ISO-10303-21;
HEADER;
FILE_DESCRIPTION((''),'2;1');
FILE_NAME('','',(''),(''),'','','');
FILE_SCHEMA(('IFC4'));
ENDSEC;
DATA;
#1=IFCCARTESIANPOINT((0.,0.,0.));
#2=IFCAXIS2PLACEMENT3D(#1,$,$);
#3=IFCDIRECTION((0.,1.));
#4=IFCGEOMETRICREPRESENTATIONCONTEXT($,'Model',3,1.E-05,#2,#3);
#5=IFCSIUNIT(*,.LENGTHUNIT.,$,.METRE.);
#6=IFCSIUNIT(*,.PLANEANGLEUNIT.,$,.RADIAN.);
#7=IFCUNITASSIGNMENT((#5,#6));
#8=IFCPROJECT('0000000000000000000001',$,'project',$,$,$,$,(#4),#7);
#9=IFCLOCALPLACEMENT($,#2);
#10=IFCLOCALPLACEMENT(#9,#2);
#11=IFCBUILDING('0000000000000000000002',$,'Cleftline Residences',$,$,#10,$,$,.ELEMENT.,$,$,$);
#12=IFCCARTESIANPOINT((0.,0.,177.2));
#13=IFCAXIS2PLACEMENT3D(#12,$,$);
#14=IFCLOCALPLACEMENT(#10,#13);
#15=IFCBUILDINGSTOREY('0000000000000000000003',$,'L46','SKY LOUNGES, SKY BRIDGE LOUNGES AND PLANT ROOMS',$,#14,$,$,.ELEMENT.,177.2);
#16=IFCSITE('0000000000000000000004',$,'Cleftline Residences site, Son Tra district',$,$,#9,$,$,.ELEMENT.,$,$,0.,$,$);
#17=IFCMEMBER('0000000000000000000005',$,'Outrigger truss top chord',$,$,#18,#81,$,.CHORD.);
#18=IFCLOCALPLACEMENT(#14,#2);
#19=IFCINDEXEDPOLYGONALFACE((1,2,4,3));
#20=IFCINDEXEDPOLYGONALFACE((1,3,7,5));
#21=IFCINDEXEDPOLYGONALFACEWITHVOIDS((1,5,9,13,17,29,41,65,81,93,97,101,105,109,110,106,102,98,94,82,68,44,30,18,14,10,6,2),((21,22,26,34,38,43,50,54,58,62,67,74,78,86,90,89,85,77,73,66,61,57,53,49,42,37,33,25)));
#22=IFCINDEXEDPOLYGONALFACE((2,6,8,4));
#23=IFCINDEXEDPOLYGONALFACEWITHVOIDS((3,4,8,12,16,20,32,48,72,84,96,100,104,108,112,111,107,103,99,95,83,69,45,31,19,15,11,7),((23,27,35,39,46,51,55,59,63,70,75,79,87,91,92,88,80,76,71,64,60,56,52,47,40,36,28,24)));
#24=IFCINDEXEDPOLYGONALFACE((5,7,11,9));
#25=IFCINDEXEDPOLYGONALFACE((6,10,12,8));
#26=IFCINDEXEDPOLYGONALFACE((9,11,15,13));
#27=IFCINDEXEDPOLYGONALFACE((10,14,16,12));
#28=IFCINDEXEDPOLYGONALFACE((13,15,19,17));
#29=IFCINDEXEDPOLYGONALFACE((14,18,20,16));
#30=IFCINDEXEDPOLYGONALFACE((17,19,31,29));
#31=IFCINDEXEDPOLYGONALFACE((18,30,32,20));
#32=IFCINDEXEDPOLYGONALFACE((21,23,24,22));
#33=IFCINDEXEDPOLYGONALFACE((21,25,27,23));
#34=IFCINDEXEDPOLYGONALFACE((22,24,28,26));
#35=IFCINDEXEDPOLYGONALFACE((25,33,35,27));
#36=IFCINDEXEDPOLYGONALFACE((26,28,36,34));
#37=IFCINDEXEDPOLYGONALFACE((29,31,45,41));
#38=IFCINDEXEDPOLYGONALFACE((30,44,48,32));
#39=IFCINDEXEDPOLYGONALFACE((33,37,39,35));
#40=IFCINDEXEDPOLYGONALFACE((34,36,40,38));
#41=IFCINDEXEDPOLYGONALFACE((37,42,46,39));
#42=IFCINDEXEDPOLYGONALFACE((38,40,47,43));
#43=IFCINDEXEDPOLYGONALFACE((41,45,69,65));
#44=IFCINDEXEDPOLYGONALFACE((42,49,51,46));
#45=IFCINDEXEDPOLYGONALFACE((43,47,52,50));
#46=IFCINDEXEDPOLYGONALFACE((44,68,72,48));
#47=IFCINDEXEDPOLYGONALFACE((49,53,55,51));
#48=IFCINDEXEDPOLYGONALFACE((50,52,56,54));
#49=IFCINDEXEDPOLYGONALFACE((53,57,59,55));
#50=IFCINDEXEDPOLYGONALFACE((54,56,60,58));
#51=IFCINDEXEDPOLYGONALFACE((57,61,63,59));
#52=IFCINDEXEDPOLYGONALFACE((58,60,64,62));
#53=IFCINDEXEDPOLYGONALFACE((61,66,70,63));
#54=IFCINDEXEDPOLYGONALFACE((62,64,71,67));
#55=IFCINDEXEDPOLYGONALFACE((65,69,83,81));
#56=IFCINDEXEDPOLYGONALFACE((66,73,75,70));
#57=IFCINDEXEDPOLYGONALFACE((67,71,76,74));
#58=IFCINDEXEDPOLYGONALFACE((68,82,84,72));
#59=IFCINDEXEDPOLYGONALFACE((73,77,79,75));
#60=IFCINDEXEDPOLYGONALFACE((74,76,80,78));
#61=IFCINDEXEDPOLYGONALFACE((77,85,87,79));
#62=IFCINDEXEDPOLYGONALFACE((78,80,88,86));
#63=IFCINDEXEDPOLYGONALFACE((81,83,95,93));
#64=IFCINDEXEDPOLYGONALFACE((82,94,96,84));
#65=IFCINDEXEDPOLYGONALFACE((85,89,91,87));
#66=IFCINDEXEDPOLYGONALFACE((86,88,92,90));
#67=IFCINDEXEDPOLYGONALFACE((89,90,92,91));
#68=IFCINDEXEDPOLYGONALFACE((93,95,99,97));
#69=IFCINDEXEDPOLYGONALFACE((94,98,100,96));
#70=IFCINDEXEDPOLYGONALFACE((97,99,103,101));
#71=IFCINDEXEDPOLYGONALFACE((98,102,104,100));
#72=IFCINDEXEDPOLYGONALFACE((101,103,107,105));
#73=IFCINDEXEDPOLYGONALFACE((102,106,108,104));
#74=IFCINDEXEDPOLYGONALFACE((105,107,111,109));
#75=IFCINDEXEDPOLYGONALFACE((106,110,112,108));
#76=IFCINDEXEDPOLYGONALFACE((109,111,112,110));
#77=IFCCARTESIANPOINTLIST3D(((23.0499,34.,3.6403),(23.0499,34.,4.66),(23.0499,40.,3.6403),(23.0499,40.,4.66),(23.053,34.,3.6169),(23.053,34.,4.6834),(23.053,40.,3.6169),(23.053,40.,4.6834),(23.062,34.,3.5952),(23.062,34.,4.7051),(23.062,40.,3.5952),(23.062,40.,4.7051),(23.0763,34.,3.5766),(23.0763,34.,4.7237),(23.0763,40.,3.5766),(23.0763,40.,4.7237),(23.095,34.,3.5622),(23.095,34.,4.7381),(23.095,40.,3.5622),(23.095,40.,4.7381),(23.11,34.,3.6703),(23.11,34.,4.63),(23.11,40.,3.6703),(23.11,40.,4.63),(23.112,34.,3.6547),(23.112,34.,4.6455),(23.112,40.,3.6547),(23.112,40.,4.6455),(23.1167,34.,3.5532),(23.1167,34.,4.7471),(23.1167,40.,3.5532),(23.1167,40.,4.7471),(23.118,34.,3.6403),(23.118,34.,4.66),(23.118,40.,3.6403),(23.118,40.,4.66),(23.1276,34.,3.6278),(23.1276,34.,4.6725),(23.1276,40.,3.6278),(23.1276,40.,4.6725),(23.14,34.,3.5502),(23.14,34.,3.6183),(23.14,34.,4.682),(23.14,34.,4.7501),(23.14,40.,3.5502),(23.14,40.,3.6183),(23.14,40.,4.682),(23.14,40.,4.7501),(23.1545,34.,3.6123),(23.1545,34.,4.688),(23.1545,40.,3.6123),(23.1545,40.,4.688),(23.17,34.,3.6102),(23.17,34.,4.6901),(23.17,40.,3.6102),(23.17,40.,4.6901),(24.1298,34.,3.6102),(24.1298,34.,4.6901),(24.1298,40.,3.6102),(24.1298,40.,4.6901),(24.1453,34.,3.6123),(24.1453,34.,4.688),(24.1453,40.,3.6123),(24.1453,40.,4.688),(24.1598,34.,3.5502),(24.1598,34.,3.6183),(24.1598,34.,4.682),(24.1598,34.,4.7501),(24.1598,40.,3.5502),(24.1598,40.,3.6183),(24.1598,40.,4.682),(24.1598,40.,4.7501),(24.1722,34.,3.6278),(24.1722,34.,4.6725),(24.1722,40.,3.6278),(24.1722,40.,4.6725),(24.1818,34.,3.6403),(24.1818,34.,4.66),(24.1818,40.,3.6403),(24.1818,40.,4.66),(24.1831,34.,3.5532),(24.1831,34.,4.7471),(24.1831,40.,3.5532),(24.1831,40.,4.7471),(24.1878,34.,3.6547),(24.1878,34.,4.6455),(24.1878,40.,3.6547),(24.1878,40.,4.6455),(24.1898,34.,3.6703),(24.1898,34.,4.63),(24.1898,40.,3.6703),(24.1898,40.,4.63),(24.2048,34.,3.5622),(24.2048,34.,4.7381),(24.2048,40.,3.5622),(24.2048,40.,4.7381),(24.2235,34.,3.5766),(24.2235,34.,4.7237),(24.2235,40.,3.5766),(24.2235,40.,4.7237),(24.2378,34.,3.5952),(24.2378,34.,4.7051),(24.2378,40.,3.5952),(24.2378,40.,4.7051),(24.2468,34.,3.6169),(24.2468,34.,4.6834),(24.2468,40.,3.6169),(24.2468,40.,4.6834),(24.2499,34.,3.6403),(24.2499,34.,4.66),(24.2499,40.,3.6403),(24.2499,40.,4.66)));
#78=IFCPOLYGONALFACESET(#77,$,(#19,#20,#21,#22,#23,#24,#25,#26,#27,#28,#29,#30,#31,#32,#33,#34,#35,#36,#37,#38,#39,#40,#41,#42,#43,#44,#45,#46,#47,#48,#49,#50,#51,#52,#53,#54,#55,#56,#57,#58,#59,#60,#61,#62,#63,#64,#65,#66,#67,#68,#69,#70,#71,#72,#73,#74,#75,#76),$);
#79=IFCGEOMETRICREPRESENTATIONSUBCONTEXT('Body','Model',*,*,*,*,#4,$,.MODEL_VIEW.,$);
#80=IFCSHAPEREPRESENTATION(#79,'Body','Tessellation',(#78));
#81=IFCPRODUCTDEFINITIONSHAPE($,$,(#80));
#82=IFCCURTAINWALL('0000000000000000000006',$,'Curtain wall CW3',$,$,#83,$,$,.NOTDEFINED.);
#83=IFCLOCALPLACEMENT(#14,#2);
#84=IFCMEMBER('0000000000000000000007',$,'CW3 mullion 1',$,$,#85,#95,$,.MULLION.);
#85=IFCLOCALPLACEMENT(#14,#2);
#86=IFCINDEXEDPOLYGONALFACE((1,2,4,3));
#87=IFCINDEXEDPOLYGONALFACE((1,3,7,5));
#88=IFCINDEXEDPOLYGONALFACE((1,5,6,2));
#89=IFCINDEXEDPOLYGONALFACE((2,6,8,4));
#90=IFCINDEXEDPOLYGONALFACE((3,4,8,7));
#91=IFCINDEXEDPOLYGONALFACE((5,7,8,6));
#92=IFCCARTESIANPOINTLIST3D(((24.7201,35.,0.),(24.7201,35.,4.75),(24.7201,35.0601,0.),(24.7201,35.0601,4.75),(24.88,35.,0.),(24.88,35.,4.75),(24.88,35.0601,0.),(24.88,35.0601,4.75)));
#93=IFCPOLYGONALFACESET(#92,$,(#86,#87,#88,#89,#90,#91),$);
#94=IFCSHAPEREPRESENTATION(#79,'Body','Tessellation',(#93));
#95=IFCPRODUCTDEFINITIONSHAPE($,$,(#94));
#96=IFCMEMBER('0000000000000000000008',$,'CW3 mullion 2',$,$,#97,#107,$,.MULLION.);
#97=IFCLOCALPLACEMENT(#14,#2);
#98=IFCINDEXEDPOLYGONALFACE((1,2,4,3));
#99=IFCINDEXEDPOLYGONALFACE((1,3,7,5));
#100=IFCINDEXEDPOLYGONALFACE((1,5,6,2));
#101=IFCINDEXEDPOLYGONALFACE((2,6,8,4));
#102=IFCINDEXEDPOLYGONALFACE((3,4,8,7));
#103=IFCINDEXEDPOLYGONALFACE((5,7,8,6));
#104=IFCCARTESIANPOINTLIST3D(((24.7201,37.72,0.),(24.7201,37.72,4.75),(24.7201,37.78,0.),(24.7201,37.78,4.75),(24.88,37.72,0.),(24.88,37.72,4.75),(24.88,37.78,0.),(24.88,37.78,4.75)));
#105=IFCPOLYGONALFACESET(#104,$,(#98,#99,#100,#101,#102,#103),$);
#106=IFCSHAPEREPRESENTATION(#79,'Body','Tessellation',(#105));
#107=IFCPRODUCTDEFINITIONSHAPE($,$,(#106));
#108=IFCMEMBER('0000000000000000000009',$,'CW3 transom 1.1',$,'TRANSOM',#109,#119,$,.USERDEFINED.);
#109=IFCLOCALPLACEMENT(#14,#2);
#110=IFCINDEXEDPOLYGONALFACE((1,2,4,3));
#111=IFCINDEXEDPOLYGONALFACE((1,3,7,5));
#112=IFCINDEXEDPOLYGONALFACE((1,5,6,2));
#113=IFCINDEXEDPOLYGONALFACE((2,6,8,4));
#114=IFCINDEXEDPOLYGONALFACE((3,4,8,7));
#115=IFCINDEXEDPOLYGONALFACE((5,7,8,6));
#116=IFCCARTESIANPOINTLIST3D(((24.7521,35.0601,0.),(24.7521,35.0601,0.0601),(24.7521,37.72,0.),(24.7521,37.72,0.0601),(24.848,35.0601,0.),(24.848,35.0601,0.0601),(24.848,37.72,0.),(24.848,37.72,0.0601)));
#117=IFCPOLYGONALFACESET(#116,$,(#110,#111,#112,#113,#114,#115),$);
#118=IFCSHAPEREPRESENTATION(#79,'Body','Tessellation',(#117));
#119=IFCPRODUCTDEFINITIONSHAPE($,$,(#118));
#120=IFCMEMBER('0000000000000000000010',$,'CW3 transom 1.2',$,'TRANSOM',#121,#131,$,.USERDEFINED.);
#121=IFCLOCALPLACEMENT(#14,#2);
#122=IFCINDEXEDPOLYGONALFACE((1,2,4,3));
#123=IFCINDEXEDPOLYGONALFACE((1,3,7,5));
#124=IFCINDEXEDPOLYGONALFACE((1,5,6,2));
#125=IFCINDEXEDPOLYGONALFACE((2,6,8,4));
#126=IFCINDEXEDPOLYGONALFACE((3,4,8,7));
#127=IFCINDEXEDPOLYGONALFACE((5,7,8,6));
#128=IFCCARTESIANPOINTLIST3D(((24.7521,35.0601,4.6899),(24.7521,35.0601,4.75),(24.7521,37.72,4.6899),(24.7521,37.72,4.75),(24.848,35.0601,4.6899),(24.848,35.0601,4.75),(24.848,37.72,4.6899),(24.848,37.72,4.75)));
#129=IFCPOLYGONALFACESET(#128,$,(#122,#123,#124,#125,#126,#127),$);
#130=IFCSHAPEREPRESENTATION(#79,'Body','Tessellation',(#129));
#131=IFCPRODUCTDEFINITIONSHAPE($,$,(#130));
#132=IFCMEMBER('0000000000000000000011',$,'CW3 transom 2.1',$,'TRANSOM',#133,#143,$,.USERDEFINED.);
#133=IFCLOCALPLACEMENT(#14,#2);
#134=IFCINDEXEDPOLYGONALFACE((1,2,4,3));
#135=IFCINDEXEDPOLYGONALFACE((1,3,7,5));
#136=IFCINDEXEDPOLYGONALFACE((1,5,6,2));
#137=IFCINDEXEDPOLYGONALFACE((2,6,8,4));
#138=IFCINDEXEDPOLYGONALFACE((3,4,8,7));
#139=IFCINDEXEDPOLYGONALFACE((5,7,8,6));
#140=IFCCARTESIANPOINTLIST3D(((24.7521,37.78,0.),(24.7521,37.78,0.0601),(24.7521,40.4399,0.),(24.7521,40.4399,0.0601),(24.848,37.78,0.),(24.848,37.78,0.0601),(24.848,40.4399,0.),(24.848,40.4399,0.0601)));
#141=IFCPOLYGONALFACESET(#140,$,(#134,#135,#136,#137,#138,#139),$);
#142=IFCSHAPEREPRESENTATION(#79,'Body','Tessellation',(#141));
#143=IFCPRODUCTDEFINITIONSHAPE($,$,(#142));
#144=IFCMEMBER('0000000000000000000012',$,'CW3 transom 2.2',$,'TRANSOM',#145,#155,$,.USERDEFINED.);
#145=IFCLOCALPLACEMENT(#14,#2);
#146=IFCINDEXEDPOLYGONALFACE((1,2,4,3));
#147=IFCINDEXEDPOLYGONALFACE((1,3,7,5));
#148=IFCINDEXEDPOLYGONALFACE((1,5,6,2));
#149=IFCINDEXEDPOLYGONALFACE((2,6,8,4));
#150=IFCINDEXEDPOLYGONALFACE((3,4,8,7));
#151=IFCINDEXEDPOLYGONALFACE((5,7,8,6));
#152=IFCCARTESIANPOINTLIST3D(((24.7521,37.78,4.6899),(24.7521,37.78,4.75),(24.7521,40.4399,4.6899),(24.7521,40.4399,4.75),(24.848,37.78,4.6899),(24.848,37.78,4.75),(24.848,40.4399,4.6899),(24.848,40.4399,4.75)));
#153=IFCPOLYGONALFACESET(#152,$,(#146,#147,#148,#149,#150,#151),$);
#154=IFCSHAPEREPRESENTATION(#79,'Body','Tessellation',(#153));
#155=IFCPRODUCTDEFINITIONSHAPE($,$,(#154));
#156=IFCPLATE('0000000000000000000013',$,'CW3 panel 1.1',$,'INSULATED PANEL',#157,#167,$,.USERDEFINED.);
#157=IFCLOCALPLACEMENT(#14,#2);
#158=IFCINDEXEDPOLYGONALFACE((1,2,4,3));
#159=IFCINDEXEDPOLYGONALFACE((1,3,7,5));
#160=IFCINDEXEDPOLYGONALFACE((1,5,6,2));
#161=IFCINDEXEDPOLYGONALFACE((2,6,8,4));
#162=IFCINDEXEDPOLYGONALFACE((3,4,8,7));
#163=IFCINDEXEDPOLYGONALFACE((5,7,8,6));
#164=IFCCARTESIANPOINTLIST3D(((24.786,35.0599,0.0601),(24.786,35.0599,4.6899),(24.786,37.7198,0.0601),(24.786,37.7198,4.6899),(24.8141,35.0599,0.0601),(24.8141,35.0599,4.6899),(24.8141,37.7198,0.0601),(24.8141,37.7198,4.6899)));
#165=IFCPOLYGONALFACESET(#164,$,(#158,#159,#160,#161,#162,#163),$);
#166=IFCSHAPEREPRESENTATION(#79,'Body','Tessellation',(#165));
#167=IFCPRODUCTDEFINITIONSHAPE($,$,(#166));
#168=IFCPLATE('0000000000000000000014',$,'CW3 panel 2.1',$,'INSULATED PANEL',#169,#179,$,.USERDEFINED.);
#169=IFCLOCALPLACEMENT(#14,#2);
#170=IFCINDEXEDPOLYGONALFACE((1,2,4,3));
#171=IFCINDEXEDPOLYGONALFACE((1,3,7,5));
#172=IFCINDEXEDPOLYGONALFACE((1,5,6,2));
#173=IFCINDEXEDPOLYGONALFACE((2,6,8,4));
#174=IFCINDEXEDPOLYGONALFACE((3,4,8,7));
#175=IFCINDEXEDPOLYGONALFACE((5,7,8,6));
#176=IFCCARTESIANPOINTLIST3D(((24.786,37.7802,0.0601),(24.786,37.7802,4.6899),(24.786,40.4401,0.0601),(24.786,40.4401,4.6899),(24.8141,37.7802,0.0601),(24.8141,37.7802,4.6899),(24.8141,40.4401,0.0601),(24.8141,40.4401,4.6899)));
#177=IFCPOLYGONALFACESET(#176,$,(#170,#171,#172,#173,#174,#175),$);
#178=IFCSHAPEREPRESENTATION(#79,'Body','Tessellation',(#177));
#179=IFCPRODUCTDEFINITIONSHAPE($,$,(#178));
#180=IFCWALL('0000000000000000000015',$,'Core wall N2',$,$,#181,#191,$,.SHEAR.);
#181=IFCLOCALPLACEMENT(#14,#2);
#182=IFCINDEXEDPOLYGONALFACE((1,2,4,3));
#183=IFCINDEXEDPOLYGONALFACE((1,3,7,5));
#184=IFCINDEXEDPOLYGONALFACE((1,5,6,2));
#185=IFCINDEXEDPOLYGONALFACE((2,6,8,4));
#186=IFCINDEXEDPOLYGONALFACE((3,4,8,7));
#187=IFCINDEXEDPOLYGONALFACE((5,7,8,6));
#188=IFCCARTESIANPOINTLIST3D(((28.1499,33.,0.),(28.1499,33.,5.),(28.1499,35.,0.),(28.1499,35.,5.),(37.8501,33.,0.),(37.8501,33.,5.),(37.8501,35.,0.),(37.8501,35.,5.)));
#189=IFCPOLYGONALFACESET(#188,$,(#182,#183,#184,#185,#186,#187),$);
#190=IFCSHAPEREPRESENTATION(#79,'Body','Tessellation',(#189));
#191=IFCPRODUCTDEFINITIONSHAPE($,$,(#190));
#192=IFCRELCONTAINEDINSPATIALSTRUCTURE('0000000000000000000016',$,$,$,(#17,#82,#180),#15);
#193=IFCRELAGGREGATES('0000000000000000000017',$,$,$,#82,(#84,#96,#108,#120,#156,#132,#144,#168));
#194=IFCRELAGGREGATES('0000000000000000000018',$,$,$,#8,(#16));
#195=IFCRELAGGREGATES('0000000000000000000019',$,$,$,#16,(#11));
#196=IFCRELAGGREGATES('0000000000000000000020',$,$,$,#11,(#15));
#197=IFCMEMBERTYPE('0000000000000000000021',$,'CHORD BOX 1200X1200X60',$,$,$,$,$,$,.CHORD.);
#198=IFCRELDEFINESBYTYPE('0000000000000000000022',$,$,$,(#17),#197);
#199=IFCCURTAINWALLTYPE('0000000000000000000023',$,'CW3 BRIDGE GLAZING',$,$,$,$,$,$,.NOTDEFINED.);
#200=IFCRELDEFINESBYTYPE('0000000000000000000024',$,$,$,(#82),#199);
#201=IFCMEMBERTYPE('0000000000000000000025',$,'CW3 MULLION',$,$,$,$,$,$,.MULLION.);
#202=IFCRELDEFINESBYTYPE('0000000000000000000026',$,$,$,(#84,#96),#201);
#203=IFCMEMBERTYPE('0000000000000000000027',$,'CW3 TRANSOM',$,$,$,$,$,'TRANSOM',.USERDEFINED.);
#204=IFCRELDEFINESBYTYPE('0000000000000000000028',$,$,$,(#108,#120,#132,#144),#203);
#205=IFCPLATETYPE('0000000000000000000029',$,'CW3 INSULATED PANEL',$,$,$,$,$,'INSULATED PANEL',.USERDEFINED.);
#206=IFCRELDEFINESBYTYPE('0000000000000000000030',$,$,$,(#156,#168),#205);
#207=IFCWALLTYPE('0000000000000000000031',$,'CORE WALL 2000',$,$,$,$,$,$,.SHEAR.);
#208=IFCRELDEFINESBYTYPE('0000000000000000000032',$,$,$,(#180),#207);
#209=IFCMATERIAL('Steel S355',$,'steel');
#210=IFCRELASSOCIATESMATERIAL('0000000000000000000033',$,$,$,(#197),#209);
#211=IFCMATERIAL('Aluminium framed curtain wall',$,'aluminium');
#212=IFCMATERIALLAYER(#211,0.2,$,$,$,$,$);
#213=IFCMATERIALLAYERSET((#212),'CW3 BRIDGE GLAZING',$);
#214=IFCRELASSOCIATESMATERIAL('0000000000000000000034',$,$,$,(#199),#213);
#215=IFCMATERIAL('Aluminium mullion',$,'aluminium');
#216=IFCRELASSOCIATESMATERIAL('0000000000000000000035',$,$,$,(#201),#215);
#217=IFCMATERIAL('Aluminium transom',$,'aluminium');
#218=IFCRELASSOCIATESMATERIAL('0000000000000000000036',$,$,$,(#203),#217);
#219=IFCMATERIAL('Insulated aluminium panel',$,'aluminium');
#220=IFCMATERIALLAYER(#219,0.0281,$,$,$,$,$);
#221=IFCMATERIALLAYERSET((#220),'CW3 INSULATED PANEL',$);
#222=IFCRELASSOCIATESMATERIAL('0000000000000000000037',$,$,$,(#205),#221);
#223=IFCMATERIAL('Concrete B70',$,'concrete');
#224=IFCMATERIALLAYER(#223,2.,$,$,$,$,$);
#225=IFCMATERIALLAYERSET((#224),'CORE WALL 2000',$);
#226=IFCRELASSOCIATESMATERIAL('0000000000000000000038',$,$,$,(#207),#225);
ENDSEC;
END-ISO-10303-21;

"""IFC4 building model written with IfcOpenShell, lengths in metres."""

from ifc_helpers import new_model, si_unit, direction, frame, frame_2d, origin, origin_2d, place, context, subcontext, project, spatial, rectangle, hollow_rectangle, extrude, material, layer, layer_set, material_profile, profile_set, type_object, element, aggregate, save


model = new_model("IFC4")

# Units and contexts
model_context = context("Model", 3, precision=1e-05, world=origin(), true_north=direction((0.0, 1.0)))
body_context = subcontext(model_context, "Body", "Model", "MODEL_VIEW")
ifc_project = project(units=[si_unit("LENGTHUNIT", "METRE"), si_unit("PLANEANGLEUNIT", "RADIAN")], contexts=[model_context])

# Site, building, storey
site_placement = place(None, origin())
site = spatial("IfcSite", under=ifc_project, at=site_placement, Name="Cleftline Residences site, Son Tra district", CompositionType="ELEMENT", RefElevation=0.0)
building_placement = place(site_placement, origin())
building = spatial("IfcBuilding", under=site, at=building_placement, Name="Cleftline Residences", CompositionType="ELEMENT")
storey_placement = place(building_placement, frame((0.0, 0.0, 177.2)))
storey = spatial("IfcBuildingStorey", under=building, at=storey_placement, Name="L46", Description="SKY LOUNGES, SKY BRIDGE LOUNGES AND PLANT ROOMS", CompositionType="ELEMENT", Elevation=177.2)

# Member
ifc_material_1 = material(Name="Steel S355", Category="steel")
ifc_material_profile_1 = material_profile(ifc_material_1, hollow_rectangle(XDim=1.2, YDim=1.2, WallThickness=0.0601, InnerFilletRadius=0.0601, OuterFilletRadius=0.0901, at=origin_2d()))
ifc_profile_set_1 = profile_set([ifc_material_profile_1], Name="Steel S355")
member_type_1 = type_object("IfcMemberType", Name="CHORD BOX 1200X1200X60", PredefinedType="CHORD", material=ifc_profile_set_1)
member_1_placement = place(storey_placement, frame((23.6499, 40.0, 4.1501), z_axis=(0.0, -1.0, 0.0), x_axis=(1.0, 0.0, 0.0)))
element("IfcMember", 1, at=member_1_placement, inside=storey, type_object=member_type_1, Name="Outrigger truss top chord", PredefinedType="CHORD", context=body_context, shape_type="SweptSolid", body=[
    extrude(hollow_rectangle(XDim=1.2, YDim=1.2, WallThickness=0.0601, InnerFilletRadius=0.0601, OuterFilletRadius=0.0901, at=origin_2d()), origin(), (0.0, 0.0, 1.0), 6.0),
])

# Curtain wall, members, plates
ifc_material_2 = material(Name="Aluminium framed curtain wall", Category="aluminium")
ifc_layer_1 = layer(ifc_material_2, 0.2)
ifc_layer_set_1 = layer_set([ifc_layer_1], Name="CW3 BRIDGE GLAZING")
curtain_wall_type = type_object("IfcCurtainWallType", Name="CW3 BRIDGE GLAZING", PredefinedType="NOTDEFINED", material=ifc_layer_set_1)
curtain_wall_placement = place(storey_placement, origin())
curtain_wall = element("IfcCurtainWall", 2, at=curtain_wall_placement, inside=storey, type_object=curtain_wall_type, Name="Curtain wall CW3", PredefinedType="NOTDEFINED")
ifc_material_3 = material(Name="Aluminium mullion", Category="aluminium")
ifc_material_profile_2 = material_profile(ifc_material_3, rectangle(XDim=0.1599, YDim=0.0601, at=origin_2d()))
ifc_profile_set_2 = profile_set([ifc_material_profile_2], Name="Aluminium mullion")
member_type_2 = type_object("IfcMemberType", Name="CW3 MULLION", PredefinedType="MULLION", material=ifc_profile_set_2)
member_2_placement = place(storey_placement, frame((24.8, 35.03, 0.0), z_axis=(0.0, 0.0, 1.0), x_axis=(-1.0, 0.0, 0.0)))
member_2 = element("IfcMember", 3, at=member_2_placement, type_object=member_type_2, Name="CW3 mullion 1", PredefinedType="MULLION", context=body_context, shape_type="SweptSolid", body=[
    extrude(rectangle(XDim=0.1599, YDim=0.0601, at=origin_2d()), origin(), (0.0, 0.0, 1.0), 4.75),
])
member_3_placement = place(storey_placement, frame((24.8, 37.75, 0.0), z_axis=(0.0, 0.0, 1.0), x_axis=(-1.0, 0.0, 0.0)))
member_3 = element("IfcMember", 4, at=member_3_placement, type_object=member_type_2, Name="CW3 mullion 2", PredefinedType="MULLION", context=body_context, shape_type="SweptSolid", body=[
    extrude(rectangle(XDim=0.1599, YDim=0.0601, at=origin_2d()), origin(), (0.0, 0.0, 1.0), 4.75),
])
ifc_material_4 = material(Name="Aluminium transom", Category="aluminium")
ifc_material_profile_3 = material_profile(ifc_material_4, rectangle(XDim=0.0959, YDim=0.0601, at=origin_2d()))
ifc_profile_set_3 = profile_set([ifc_material_profile_3], Name="Aluminium transom")
member_type_3 = type_object("IfcMemberType", Name="CW3 TRANSOM", ElementType="TRANSOM", PredefinedType="USERDEFINED", material=ifc_profile_set_3)
member_4_placement = place(storey_placement, frame((24.8, 35.0601, 0.03), z_axis=(0.0, 1.0, 0.0), x_axis=(-1.0, 0.0, 0.0)))
member_4 = element("IfcMember", 5, at=member_4_placement, type_object=member_type_3, Name="CW3 transom 1.1", ObjectType="TRANSOM", PredefinedType="USERDEFINED", context=body_context, shape_type="SweptSolid", body=[
    extrude(rectangle(XDim=0.0959, YDim=0.0601, at=origin_2d()), origin(), (0.0, 0.0, 1.0), 2.6599),
])
member_5_placement = place(storey_placement, frame((24.8, 35.0601, 4.72), z_axis=(0.0, 1.0, 0.0), x_axis=(-1.0, 0.0, 0.0)))
member_5 = element("IfcMember", 6, at=member_5_placement, type_object=member_type_3, Name="CW3 transom 1.2", ObjectType="TRANSOM", PredefinedType="USERDEFINED", context=body_context, shape_type="SweptSolid", body=[
    extrude(rectangle(XDim=0.0959, YDim=0.0601, at=origin_2d()), origin(), (0.0, 0.0, 1.0), 2.6599),
])
member_6_placement = place(storey_placement, frame((24.8, 37.78, 0.03), z_axis=(0.0, 1.0, 0.0), x_axis=(-1.0, 0.0, 0.0)))
member_6 = element("IfcMember", 7, at=member_6_placement, type_object=member_type_3, Name="CW3 transom 2.1", ObjectType="TRANSOM", PredefinedType="USERDEFINED", context=body_context, shape_type="SweptSolid", body=[
    extrude(rectangle(XDim=0.0959, YDim=0.0601, at=origin_2d()), origin(), (0.0, 0.0, 1.0), 2.6599),
])
member_7_placement = place(storey_placement, frame((24.8, 37.78, 4.72), z_axis=(0.0, 1.0, 0.0), x_axis=(-1.0, 0.0, 0.0)))
member_7 = element("IfcMember", 8, at=member_7_placement, type_object=member_type_3, Name="CW3 transom 2.2", ObjectType="TRANSOM", PredefinedType="USERDEFINED", context=body_context, shape_type="SweptSolid", body=[
    extrude(rectangle(XDim=0.0959, YDim=0.0601, at=origin_2d()), origin(), (0.0, 0.0, 1.0), 2.6599),
])
ifc_material_5 = material(Name="Insulated aluminium panel", Category="aluminium")
ifc_layer_2 = layer(ifc_material_5, 0.0281)
ifc_layer_set_2 = layer_set([ifc_layer_2], Name="CW3 INSULATED PANEL")
plate_type = type_object("IfcPlateType", Name="CW3 INSULATED PANEL", ElementType="INSULATED PANEL", PredefinedType="USERDEFINED", material=ifc_layer_set_2)
plate_1_placement = place(storey_placement, frame((24.8, 36.3899, 0.0601), z_axis=(0.0, 0.0, 1.0), x_axis=(0.0, 1.0, 0.0)))
plate_1 = element("IfcPlate", 9, at=plate_1_placement, type_object=plate_type, Name="CW3 panel 1.1", ObjectType="INSULATED PANEL", PredefinedType="USERDEFINED", context=body_context, shape_type="SweptSolid", body=[
    extrude(rectangle(XDim=2.6599, YDim=0.0281, at=origin_2d()), origin(), (0.0, 0.0, 1.0), 4.6299),
])
plate_2_placement = place(storey_placement, frame((24.8, 39.1101, 0.0601), z_axis=(0.0, 0.0, 1.0), x_axis=(0.0, 1.0, 0.0)))
plate_2 = element("IfcPlate", 10, at=plate_2_placement, type_object=plate_type, Name="CW3 panel 2.1", ObjectType="INSULATED PANEL", PredefinedType="USERDEFINED", context=body_context, shape_type="SweptSolid", body=[
    extrude(rectangle(XDim=2.6599, YDim=0.0281, at=origin_2d()), origin(), (0.0, 0.0, 1.0), 4.6299),
])
aggregate(curtain_wall, [member_2, member_3, member_4, member_5, plate_1, member_6, member_7, plate_2])

# Wall
ifc_material_6 = material(Name="Concrete B70", Category="concrete")
ifc_layer_3 = layer(ifc_material_6, 2.0)
ifc_layer_set_3 = layer_set([ifc_layer_3], Name="CORE WALL 2000")
wall_type_1 = type_object("IfcWallType", Name="CORE WALL 2000", PredefinedType="SHEAR", material=ifc_layer_set_3)
wall_1_placement = place(storey_placement, frame((28.1499, 34.0, 0.0), z_axis=(0.0, 0.0, 1.0), x_axis=(1.0, 0.0, 0.0)))
element("IfcWall", 11, at=wall_1_placement, inside=storey, type_object=wall_type_1, Name="Core wall N2", PredefinedType="SHEAR", context=body_context, shape_type="SweptSolid", body=[
    extrude(rectangle(XDim=9.7002, YDim=2.0, at=frame_2d((4.8501, 0.0))), origin(), (0.0, 0.0, 1.0), 5.0),
])

save(model, "model.ifc")
